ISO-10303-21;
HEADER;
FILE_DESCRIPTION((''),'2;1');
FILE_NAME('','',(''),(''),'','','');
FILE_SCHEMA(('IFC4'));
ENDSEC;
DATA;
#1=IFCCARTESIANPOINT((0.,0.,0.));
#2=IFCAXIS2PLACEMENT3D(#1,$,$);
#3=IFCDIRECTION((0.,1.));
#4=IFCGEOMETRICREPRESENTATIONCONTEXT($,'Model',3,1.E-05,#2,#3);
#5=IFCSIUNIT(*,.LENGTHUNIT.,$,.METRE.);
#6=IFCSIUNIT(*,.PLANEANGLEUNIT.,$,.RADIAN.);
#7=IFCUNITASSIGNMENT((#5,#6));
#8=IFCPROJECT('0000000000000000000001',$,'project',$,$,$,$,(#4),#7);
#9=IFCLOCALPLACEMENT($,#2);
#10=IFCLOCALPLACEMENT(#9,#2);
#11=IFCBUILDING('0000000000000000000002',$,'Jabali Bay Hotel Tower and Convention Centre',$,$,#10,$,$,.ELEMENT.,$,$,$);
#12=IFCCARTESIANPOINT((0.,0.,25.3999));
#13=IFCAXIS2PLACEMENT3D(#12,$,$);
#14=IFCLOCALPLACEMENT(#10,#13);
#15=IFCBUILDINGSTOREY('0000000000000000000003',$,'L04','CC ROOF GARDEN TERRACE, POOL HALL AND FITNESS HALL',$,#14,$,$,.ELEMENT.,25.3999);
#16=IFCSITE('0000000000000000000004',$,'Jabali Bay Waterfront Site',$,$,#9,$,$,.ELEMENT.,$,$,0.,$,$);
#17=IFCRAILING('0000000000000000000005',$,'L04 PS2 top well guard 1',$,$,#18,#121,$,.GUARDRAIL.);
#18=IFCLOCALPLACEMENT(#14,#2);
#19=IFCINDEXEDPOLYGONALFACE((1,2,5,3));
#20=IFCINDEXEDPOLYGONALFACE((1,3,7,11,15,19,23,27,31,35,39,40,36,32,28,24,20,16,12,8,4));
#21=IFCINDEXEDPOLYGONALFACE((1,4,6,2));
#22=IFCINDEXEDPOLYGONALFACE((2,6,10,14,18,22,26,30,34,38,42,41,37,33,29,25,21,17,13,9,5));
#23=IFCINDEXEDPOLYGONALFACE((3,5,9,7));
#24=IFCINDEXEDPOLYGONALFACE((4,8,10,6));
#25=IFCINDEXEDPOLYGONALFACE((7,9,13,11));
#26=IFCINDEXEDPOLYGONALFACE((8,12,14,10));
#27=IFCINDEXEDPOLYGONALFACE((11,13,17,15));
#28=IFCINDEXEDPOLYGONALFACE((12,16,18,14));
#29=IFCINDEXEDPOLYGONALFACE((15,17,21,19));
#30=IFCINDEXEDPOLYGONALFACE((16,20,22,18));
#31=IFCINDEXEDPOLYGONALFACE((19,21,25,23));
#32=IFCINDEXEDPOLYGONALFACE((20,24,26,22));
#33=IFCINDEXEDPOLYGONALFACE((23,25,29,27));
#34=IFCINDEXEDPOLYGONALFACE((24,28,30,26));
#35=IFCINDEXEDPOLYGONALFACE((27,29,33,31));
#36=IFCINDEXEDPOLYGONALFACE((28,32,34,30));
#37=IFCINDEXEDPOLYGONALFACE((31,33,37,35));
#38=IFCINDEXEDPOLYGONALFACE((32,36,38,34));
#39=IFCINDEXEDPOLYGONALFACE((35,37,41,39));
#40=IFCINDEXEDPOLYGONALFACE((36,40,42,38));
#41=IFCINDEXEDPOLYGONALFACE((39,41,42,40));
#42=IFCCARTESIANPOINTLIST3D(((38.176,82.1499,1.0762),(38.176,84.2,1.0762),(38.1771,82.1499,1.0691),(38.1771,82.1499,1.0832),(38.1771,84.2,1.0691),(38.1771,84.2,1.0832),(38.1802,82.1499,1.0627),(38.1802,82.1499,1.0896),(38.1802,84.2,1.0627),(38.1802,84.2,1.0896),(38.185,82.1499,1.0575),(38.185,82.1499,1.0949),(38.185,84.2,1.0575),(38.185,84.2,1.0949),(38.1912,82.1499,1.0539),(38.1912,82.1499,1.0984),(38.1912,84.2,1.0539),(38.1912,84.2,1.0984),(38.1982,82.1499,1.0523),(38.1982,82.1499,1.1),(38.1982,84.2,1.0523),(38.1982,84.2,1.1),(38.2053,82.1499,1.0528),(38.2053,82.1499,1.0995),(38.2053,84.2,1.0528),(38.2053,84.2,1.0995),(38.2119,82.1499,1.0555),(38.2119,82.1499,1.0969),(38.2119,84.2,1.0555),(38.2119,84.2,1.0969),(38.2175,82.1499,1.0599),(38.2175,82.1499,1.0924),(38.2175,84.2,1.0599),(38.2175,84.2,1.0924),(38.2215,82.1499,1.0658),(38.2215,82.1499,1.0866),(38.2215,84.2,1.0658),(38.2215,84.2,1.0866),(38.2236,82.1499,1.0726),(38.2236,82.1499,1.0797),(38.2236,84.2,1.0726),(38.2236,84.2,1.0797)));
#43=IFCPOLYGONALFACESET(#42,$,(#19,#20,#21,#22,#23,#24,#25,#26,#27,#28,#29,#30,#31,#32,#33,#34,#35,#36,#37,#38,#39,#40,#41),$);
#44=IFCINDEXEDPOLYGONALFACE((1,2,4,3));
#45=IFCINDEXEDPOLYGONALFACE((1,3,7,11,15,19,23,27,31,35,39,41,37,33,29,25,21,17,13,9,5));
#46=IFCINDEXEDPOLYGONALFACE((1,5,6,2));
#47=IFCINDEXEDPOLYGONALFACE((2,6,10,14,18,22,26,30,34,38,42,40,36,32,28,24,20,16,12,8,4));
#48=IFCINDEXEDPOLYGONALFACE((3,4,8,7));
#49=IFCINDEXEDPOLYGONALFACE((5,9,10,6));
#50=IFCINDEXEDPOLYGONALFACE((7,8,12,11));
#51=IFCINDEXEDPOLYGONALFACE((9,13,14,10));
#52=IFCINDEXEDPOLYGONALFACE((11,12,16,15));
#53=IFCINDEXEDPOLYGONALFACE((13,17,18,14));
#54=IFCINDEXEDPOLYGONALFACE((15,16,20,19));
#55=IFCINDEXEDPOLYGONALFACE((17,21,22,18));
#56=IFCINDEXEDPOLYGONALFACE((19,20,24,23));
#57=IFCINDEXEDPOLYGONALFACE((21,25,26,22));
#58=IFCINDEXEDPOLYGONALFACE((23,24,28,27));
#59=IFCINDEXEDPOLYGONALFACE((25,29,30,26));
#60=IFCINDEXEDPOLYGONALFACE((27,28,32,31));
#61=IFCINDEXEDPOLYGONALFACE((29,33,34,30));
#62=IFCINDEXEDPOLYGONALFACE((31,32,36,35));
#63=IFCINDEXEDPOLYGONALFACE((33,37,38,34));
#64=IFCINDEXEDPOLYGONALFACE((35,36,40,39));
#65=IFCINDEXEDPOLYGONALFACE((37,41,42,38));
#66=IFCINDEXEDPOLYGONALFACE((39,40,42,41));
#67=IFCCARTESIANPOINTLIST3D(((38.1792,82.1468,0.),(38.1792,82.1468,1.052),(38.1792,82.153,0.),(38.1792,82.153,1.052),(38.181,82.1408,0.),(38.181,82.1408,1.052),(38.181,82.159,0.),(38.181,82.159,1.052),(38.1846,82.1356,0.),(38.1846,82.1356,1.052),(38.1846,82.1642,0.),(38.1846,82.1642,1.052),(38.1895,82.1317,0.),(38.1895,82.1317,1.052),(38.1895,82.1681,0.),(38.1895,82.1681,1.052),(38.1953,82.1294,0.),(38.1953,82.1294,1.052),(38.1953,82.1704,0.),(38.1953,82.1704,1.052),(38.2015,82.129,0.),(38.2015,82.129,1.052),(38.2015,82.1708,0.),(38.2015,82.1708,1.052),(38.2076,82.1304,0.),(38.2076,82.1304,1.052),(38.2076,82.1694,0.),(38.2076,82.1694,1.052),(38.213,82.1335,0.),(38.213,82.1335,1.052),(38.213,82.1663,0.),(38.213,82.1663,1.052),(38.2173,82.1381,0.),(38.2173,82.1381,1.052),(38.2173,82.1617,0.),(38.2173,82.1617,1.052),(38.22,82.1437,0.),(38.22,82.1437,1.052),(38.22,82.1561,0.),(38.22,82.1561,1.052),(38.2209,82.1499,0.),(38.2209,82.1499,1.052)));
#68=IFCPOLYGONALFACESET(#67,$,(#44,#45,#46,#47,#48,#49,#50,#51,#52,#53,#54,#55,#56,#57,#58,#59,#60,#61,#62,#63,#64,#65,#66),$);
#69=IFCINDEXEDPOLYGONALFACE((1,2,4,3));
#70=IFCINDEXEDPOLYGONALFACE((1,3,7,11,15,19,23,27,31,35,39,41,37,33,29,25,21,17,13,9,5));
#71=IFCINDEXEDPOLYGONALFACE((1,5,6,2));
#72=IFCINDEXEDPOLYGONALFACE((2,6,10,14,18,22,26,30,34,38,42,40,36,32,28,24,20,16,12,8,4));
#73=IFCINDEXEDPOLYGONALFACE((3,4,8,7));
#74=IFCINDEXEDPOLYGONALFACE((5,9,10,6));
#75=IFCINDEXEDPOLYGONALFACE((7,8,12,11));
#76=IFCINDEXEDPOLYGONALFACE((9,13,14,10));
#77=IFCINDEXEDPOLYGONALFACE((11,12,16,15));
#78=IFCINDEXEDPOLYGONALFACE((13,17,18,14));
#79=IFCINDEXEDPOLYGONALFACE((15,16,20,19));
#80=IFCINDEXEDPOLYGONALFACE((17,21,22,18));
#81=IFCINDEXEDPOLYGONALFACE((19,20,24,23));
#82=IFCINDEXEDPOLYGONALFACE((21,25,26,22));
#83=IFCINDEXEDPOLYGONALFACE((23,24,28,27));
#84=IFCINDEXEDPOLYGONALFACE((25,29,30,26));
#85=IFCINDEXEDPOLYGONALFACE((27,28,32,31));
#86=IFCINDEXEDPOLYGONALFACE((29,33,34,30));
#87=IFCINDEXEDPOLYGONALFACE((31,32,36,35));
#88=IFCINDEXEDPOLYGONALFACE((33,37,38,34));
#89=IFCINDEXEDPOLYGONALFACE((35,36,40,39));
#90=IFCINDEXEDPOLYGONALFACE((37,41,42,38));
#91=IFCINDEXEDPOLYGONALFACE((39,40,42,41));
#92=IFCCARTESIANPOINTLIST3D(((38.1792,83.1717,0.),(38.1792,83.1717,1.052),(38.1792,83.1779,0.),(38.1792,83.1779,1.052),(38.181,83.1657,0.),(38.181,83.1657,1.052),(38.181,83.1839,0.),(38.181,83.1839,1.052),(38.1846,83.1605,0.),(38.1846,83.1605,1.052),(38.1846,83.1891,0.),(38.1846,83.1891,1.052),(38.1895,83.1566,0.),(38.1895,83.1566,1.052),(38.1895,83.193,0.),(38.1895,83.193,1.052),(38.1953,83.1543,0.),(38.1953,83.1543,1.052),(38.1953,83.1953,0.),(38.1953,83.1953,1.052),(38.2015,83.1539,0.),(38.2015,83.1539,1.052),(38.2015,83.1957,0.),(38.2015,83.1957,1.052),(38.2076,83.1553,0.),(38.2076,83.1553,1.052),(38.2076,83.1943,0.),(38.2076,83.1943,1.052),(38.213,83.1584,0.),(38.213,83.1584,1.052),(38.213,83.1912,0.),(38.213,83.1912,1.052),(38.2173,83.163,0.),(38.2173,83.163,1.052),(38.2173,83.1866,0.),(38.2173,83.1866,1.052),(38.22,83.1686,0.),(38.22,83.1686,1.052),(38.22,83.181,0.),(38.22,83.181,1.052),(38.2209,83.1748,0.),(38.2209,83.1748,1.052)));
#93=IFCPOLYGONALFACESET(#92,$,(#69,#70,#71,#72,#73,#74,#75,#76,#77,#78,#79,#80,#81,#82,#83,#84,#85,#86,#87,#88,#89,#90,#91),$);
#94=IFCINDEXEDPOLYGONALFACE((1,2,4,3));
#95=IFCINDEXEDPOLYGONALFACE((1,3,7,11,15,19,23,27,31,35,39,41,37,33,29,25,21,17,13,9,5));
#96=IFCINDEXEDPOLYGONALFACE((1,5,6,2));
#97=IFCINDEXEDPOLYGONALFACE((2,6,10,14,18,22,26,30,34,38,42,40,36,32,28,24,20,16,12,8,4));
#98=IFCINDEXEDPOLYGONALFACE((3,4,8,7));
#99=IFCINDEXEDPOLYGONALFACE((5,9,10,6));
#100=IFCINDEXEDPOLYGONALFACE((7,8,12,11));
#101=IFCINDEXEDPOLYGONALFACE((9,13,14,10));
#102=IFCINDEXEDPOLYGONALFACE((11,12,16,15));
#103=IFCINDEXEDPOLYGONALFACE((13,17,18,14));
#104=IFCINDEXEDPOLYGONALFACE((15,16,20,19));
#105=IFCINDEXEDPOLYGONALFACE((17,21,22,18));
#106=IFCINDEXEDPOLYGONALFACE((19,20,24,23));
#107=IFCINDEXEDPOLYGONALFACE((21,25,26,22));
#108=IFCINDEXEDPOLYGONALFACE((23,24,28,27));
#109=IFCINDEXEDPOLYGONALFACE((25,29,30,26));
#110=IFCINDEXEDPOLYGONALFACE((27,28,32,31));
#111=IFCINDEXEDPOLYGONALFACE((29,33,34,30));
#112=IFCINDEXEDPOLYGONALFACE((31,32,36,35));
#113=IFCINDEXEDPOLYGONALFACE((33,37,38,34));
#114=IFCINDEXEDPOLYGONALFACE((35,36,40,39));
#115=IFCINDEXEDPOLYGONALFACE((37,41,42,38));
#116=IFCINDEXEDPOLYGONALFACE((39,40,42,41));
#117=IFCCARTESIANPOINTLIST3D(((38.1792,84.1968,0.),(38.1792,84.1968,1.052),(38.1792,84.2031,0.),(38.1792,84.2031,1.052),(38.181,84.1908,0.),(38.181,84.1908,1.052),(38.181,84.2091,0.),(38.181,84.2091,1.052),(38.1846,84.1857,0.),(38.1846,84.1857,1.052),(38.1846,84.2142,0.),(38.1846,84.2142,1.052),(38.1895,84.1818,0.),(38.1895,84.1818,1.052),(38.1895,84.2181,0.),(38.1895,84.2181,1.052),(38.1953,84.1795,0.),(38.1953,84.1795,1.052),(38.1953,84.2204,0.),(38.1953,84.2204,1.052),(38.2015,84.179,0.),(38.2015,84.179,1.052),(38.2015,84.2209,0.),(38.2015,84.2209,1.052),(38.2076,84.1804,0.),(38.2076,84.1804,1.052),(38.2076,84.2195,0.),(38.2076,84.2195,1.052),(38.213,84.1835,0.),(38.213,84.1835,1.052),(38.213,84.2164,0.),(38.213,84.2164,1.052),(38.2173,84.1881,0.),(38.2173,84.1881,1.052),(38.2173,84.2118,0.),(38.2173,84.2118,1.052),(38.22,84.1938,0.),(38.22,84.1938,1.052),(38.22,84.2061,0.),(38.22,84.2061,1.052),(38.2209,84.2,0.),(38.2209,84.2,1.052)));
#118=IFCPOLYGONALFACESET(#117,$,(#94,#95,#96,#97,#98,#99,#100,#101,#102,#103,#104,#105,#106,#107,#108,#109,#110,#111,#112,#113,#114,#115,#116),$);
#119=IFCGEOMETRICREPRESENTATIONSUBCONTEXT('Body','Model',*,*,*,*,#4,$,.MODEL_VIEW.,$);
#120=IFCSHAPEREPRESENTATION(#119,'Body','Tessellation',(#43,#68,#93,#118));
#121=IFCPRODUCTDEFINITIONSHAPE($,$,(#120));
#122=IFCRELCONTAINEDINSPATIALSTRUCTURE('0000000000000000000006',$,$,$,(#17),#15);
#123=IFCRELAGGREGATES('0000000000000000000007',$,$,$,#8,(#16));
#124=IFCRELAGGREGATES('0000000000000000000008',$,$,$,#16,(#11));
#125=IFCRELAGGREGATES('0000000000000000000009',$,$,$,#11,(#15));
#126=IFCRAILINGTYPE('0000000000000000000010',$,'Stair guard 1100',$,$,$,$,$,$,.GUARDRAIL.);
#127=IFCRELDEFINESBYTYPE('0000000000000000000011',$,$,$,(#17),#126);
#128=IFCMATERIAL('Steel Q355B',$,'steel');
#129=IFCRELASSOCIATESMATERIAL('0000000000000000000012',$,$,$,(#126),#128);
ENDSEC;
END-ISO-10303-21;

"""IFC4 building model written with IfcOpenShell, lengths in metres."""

from ifc_helpers import new_model, si_unit, direction, frame, origin, origin_2d, place, context, subcontext, project, spatial, circle, extrude, material, type_object, element, save


model = new_model("IFC4")

# Units and contexts
model_context = context("Model", 3, precision=1e-05, world=origin(), true_north=direction((0.0, 1.0)))
body_context = subcontext(model_context, "Body", "Model", "MODEL_VIEW")
ifc_project = project(units=[si_unit("LENGTHUNIT", "METRE"), si_unit("PLANEANGLEUNIT", "RADIAN")], contexts=[model_context])

# Site, building, storey
site_placement = place(None, origin())
site = spatial("IfcSite", under=ifc_project, at=site_placement, Name="Jabali Bay Waterfront Site", CompositionType="ELEMENT", RefElevation=0.0)
building_placement = place(site_placement, origin())
building = spatial("IfcBuilding", under=site, at=building_placement, Name="Jabali Bay Hotel Tower and Convention Centre", CompositionType="ELEMENT")
storey_placement = place(building_placement, frame((0.0, 0.0, 25.3999)))
storey = spatial("IfcBuildingStorey", under=building, at=storey_placement, Name="L04", Description="CC ROOF GARDEN TERRACE, POOL HALL AND FITNESS HALL", CompositionType="ELEMENT", Elevation=25.3999)

# Railing
ifc_material_1 = material(Name="Steel Q355B", Category="steel")
railing_type = type_object("IfcRailingType", Name="Stair guard 1100", PredefinedType="GUARDRAIL", material=ifc_material_1)
railing_placement = place(storey_placement, frame((38.2, 82.1499, 0.0)))
element("IfcRailing", 1, at=railing_placement, inside=storey, type_object=railing_type, Name="L04 PS2 top well guard 1", PredefinedType="GUARDRAIL", context=body_context, shape_type="SweptSolid", body=[
    extrude(circle(Radius=0.0239, at=origin_2d()), frame((0.0, 0.0, 1.0762), z_axis=(0.0, 1.0, 0.0), x_axis=(-1.0, 0.0, 0.0)), (0.0, 0.0, 1.0), 2.05),
    extrude(circle(Radius=0.021, at=origin_2d()), origin(), (0.0, 0.0, 1.0), 1.052),
    extrude(circle(Radius=0.021, at=origin_2d()), frame((0.0, 1.0249, 0.0)), (0.0, 0.0, 1.0), 1.052),
    extrude(circle(Radius=0.021, at=origin_2d()), frame((0.0, 2.05, 0.0)), (0.0, 0.0, 1.0), 1.052),
])

save(model, "model.ifc")
